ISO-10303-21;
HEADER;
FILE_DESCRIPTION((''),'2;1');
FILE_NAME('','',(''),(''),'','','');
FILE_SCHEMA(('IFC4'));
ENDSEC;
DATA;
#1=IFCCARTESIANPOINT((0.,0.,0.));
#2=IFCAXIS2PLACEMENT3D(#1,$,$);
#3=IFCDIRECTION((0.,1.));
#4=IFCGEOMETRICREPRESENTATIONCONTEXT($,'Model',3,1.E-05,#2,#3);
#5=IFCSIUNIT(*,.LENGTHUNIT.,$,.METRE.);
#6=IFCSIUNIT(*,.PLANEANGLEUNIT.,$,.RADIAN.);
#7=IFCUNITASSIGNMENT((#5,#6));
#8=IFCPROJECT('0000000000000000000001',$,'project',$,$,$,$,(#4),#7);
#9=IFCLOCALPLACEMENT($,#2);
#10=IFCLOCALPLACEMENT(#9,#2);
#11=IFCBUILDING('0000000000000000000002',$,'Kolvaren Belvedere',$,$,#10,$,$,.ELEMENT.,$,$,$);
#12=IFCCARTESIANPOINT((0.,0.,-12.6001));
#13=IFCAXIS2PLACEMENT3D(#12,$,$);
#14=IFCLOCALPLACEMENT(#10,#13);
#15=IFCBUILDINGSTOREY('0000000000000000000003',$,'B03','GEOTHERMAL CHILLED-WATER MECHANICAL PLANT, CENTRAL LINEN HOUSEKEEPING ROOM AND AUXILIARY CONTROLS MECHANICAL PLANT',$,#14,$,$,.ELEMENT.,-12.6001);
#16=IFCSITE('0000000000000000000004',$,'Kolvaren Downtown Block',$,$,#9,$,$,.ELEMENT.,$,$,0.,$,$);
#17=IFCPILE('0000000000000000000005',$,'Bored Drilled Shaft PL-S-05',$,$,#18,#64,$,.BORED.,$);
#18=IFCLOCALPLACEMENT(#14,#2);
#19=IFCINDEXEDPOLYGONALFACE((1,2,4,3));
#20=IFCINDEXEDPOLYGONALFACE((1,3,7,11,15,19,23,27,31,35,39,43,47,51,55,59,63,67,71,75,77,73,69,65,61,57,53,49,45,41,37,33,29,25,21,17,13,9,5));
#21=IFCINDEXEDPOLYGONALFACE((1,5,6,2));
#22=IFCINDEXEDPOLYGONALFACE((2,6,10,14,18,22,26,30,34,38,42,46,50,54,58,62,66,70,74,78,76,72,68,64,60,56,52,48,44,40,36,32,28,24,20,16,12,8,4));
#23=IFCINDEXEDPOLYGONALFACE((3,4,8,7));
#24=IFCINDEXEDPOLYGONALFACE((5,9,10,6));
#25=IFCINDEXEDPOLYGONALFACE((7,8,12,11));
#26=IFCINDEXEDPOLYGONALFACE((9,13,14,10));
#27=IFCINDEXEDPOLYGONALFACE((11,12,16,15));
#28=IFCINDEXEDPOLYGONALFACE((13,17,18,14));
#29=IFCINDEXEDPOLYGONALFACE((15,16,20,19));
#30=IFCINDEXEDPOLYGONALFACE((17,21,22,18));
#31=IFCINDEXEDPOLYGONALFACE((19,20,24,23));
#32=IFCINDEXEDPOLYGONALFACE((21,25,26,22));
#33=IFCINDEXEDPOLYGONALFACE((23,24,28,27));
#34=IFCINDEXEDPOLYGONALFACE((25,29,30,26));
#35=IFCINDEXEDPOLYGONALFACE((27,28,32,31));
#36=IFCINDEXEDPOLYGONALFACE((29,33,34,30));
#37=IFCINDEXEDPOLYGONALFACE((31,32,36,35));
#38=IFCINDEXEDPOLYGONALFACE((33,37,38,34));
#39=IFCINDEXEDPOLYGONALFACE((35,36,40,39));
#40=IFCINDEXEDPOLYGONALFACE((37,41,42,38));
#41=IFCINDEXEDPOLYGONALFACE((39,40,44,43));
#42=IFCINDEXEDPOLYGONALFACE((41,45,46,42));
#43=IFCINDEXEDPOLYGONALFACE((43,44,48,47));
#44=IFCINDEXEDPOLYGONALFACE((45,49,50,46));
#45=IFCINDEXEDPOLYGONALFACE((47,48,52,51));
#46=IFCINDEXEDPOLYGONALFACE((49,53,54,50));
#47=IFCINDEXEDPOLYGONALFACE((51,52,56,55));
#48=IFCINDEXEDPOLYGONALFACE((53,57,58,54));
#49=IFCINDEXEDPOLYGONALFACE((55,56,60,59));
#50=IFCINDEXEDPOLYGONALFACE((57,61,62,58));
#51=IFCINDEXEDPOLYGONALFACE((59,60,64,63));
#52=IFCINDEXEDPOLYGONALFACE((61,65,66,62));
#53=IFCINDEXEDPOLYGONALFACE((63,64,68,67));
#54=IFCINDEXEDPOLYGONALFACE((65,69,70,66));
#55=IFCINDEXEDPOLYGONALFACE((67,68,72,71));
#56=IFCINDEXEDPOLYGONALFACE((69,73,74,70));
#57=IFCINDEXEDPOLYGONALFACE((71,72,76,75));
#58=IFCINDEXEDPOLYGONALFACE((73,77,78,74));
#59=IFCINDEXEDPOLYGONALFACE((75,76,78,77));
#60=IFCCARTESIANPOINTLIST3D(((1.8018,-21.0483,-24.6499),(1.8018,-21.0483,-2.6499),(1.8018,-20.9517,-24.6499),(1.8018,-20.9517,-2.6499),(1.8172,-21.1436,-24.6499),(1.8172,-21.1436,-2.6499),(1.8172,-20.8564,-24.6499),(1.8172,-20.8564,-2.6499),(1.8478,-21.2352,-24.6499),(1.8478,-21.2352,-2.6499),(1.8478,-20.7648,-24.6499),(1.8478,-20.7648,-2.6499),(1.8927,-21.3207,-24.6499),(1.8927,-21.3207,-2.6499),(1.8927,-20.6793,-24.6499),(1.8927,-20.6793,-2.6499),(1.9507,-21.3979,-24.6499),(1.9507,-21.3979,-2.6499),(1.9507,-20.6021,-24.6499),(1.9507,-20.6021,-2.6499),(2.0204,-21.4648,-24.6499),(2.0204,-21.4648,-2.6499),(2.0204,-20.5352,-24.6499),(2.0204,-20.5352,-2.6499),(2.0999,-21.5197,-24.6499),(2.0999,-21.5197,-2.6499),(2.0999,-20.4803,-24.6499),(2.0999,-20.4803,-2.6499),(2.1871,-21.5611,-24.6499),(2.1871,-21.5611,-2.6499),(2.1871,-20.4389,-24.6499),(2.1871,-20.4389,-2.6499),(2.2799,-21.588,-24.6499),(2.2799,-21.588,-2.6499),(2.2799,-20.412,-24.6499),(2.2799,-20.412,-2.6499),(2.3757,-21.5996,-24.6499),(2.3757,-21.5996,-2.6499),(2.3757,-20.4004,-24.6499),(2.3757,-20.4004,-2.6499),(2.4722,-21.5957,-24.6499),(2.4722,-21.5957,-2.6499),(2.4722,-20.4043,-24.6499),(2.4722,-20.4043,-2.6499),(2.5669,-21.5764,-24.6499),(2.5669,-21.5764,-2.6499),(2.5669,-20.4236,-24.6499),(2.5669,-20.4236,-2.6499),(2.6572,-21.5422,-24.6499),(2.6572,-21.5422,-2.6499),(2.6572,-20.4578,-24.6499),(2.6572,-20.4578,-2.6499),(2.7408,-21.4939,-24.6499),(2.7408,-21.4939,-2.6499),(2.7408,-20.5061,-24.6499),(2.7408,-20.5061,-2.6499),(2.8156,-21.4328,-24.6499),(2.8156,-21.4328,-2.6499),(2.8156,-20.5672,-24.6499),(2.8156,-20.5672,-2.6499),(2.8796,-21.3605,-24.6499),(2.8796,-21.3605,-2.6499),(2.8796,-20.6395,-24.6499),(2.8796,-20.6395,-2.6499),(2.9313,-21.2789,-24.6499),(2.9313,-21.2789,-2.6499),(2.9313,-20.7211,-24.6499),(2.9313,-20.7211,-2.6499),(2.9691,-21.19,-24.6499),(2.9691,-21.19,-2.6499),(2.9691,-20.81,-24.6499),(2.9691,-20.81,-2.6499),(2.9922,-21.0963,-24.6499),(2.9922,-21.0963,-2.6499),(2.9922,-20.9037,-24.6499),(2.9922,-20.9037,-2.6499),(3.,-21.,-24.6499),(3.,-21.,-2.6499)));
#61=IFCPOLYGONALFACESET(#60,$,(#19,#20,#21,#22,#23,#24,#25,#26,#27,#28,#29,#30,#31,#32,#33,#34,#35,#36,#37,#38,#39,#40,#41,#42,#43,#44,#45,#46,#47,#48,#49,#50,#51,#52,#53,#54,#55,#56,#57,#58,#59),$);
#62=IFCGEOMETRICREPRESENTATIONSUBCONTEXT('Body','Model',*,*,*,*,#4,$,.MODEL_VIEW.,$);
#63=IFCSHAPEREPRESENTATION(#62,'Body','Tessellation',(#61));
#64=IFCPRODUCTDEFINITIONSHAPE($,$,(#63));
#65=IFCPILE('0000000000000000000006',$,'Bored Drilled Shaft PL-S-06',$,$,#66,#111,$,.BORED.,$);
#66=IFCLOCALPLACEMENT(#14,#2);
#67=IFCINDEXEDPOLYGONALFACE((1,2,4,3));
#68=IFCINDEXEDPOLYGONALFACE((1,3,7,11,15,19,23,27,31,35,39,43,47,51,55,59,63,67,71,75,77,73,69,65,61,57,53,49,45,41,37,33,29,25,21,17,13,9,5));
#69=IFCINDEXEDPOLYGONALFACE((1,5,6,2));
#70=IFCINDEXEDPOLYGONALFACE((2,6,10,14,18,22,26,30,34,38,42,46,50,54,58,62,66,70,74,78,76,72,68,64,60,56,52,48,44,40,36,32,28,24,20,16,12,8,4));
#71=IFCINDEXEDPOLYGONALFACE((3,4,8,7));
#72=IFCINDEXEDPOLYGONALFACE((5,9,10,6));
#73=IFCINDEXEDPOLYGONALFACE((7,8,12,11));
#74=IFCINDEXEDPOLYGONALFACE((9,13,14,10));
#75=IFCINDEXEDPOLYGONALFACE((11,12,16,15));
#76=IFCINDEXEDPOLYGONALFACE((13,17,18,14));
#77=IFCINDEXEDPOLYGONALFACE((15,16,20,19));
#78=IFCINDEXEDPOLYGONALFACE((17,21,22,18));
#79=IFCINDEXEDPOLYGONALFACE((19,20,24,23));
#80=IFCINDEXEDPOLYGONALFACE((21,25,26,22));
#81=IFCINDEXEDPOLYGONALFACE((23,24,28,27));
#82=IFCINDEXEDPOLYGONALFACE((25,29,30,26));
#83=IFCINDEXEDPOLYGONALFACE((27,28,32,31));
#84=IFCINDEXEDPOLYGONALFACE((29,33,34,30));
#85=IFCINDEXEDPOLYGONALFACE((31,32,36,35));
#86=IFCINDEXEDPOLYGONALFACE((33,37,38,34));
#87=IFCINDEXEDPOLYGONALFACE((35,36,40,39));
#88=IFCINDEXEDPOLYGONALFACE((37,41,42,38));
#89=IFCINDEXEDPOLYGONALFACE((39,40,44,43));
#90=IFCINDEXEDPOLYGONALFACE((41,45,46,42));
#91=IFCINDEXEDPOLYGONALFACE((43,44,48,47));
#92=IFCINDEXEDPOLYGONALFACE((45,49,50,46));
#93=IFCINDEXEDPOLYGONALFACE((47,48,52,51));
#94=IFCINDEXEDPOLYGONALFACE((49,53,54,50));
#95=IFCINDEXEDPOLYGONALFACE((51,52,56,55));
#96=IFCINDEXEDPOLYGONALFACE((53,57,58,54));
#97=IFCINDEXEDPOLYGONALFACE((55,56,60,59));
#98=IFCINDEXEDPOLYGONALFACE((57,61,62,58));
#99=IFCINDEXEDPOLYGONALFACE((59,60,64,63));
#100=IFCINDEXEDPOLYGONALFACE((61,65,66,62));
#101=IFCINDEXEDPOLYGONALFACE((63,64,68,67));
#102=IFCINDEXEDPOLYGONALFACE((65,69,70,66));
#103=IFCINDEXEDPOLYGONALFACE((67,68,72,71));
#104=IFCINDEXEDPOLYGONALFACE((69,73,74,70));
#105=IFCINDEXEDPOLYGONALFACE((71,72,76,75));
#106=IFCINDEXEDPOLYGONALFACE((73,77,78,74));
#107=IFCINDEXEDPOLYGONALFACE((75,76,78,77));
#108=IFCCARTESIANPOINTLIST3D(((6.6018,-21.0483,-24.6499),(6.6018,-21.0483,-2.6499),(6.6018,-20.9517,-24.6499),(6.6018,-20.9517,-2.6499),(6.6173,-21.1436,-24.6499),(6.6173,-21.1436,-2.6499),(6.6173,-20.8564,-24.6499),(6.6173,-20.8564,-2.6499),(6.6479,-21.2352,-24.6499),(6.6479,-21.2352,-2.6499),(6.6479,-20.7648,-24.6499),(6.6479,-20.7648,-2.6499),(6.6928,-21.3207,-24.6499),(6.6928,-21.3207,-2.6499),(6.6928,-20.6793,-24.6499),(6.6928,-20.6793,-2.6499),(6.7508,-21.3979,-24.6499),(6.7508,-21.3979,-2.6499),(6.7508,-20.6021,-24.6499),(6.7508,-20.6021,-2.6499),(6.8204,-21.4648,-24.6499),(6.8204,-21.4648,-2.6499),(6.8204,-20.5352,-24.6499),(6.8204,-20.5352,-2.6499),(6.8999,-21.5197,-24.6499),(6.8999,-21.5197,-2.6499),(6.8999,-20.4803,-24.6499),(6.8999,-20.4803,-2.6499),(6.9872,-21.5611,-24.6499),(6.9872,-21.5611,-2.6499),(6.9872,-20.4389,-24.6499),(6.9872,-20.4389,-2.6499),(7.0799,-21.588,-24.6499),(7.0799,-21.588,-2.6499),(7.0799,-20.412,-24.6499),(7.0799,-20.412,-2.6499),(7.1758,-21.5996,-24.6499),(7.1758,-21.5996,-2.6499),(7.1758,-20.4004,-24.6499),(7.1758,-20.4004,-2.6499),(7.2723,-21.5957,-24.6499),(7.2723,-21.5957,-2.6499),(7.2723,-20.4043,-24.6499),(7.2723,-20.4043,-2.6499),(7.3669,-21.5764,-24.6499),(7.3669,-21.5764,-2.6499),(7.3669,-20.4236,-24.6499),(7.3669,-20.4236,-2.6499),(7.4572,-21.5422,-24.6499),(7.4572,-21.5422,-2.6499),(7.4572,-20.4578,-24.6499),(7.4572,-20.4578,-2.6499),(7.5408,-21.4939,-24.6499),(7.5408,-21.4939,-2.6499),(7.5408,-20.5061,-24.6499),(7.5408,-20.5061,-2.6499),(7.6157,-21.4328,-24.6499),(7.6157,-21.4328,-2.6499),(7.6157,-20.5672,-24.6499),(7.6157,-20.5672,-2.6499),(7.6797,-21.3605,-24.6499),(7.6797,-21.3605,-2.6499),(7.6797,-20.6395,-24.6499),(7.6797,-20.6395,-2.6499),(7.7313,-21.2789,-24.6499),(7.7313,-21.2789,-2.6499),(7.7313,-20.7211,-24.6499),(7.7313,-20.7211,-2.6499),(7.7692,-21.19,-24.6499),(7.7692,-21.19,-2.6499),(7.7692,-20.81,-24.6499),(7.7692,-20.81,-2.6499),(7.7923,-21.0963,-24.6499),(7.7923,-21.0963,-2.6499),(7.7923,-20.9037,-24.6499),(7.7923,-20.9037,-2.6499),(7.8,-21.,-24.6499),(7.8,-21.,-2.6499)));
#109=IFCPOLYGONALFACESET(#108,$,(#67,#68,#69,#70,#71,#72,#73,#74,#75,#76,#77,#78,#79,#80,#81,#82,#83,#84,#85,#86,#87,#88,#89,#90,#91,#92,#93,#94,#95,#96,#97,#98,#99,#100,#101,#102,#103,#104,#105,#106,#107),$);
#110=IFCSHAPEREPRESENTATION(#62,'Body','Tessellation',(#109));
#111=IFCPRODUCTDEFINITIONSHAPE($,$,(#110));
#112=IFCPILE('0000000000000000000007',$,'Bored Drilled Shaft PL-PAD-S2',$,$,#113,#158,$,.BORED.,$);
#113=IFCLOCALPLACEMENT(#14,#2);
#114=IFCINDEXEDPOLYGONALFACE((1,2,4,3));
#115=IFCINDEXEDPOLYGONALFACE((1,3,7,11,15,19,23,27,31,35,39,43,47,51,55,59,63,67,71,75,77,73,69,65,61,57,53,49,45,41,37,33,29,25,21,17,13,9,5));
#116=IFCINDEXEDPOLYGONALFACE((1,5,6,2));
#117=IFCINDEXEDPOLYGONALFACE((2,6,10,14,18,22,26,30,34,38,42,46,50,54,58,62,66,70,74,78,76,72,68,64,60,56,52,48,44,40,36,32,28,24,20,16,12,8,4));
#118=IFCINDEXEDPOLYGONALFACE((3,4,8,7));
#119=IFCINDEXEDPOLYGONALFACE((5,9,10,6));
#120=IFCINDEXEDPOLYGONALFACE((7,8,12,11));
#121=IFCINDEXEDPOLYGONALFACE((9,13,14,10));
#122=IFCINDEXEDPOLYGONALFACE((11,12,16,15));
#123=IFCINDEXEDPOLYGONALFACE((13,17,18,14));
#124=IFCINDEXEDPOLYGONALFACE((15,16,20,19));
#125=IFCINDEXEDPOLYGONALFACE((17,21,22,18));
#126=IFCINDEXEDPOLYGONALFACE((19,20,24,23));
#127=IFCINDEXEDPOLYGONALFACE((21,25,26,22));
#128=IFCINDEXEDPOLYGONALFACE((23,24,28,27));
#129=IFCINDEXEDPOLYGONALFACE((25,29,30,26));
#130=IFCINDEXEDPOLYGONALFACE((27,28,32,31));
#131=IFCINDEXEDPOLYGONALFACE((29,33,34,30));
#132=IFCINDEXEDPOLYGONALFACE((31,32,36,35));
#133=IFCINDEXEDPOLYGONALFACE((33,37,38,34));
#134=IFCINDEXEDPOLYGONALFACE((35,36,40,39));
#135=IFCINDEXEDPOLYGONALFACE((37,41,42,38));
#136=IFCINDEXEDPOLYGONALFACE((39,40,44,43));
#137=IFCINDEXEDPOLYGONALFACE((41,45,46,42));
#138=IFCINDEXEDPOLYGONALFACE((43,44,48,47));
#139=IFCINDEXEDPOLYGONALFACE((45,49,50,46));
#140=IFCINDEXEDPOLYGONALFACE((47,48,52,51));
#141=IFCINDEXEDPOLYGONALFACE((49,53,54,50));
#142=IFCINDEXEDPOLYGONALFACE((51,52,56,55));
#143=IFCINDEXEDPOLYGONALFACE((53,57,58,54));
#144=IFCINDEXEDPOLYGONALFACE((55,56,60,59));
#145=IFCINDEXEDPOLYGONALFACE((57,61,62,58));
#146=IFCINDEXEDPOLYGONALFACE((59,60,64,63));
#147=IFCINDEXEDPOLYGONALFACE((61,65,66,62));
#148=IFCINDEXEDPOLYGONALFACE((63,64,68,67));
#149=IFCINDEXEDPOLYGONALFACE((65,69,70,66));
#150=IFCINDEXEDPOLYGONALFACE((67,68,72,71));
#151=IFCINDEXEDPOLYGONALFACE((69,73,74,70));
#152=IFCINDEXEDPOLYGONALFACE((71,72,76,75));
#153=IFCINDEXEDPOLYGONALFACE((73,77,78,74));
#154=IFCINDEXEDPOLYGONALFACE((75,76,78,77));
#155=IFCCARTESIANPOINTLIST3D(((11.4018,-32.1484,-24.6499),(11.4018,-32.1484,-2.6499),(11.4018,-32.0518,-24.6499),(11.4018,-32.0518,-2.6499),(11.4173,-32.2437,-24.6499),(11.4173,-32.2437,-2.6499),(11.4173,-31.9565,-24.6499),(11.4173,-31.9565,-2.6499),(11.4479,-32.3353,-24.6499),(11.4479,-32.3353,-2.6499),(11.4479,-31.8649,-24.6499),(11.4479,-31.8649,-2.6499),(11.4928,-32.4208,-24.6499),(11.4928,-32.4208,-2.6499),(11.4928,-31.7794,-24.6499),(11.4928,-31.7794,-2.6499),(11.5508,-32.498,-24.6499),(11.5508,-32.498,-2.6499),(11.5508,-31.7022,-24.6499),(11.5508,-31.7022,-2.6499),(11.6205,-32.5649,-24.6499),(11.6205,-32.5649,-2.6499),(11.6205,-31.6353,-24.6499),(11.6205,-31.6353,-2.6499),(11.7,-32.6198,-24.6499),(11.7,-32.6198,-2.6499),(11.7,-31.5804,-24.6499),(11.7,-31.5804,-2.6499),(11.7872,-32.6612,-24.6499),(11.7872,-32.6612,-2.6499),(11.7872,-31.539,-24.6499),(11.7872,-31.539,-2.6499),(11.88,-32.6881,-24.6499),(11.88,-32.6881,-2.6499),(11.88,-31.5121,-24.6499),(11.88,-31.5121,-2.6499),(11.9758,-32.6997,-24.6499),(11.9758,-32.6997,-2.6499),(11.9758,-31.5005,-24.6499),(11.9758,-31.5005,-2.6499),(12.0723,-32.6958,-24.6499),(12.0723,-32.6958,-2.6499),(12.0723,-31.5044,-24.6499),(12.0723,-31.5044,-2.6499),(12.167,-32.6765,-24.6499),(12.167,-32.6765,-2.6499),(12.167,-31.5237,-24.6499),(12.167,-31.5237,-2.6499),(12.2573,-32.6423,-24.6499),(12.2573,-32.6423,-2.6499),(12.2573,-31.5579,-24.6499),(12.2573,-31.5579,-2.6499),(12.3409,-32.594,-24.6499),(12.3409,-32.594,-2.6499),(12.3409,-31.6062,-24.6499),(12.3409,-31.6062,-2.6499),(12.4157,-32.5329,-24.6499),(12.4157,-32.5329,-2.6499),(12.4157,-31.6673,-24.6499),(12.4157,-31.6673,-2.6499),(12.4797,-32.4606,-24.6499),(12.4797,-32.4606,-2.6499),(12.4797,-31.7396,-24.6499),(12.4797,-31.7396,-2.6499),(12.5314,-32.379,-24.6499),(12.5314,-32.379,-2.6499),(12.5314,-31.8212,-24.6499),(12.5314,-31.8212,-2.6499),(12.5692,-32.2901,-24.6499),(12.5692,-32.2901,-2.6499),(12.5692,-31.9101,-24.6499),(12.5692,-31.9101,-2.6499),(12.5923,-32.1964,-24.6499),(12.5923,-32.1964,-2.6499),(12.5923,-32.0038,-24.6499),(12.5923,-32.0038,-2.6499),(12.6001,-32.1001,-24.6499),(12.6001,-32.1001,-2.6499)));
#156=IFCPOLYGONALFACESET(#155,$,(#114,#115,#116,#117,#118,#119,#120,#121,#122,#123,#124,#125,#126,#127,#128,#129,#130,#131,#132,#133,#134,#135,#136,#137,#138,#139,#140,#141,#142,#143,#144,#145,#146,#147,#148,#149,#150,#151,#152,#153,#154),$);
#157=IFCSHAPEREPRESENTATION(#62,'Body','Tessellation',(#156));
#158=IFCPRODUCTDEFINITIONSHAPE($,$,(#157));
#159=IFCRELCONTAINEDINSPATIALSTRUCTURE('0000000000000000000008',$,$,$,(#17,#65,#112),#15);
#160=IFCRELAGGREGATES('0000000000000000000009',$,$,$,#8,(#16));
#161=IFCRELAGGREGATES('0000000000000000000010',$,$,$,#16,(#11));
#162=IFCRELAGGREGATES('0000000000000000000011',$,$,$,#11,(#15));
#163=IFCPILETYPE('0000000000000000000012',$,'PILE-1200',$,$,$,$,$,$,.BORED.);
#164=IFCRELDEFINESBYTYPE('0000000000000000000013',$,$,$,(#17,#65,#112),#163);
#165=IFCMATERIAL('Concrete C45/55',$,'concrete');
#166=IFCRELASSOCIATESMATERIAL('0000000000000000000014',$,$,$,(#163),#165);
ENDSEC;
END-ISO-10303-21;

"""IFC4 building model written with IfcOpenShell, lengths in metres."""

from ifc_helpers import new_model, si_unit, direction, frame, origin, origin_2d, place, context, subcontext, project, spatial, circle, extrude, material, material_profile, profile_set, type_object, element, save


model = new_model("IFC4")

# Units and contexts
model_context = context("Model", 3, precision=1e-05, world=origin(), true_north=direction((0.0, 1.0)))
body_context = subcontext(model_context, "Body", "Model", "MODEL_VIEW")
ifc_project = project(units=[si_unit("LENGTHUNIT", "METRE"), si_unit("PLANEANGLEUNIT", "RADIAN")], contexts=[model_context])

# Site, building, storey
site_placement = place(None, origin())
site = spatial("IfcSite", under=ifc_project, at=site_placement, Name="Kolvaren Downtown Block", CompositionType="ELEMENT", RefElevation=0.0)
building_placement = place(site_placement, origin())
building = spatial("IfcBuilding", under=site, at=building_placement, Name="Kolvaren Belvedere", CompositionType="ELEMENT")
storey_placement = place(building_placement, frame((0.0, 0.0, -12.6001)))
storey = spatial("IfcBuildingStorey", under=building, at=storey_placement, Name="B03", Description="GEOTHERMAL CHILLED-WATER MECHANICAL PLANT, CENTRAL LINEN HOUSEKEEPING ROOM AND AUXILIARY CONTROLS MECHANICAL PLANT", CompositionType="ELEMENT", Elevation=-12.6001)

# Piles
ifc_material_1 = material(Name="Concrete C45/55", Category="concrete")
ifc_material_profile_1 = material_profile(ifc_material_1, circle(Radius=0.6001, at=origin_2d()), Name="BORED PILE D1200")
ifc_profile_set_1 = profile_set([ifc_material_profile_1], Name="Concrete C45/55")
pile_type_1 = type_object("IfcPileType", Name="PILE-1200", PredefinedType="BORED", material=ifc_profile_set_1)
for number, where, z_axis, x_axis, name in (
    (1, (2.3999, -21.0, -2.6499), (0.0, 0.0, -1.0), (1.0, 0.0, 0.0), "Bored Drilled Shaft PL-S-05"),
    (2, (7.2, -21.0, -2.6499), (0.0, 0.0, -1.0), (1.0, 0.0, 0.0), "Bored Drilled Shaft PL-S-06"),
    (3, (12.0, -32.1001, -2.6499), (0.0, 0.0, -1.0), (1.0, 0.0, 0.0), "Bored Drilled Shaft PL-PAD-S2"),
):
    element("IfcPile", number, at=place(storey_placement, frame(where, z_axis=z_axis, x_axis=x_axis)), inside=storey, type_object=pile_type_1, Name=name, PredefinedType="BORED", context=body_context, shape_type="SweptSolid", body=[
        extrude(circle(Radius=0.6001, at=origin_2d()), origin(), (0.0, 0.0, 1.0), 22.0),
    ])

save(model, "model.ifc")
